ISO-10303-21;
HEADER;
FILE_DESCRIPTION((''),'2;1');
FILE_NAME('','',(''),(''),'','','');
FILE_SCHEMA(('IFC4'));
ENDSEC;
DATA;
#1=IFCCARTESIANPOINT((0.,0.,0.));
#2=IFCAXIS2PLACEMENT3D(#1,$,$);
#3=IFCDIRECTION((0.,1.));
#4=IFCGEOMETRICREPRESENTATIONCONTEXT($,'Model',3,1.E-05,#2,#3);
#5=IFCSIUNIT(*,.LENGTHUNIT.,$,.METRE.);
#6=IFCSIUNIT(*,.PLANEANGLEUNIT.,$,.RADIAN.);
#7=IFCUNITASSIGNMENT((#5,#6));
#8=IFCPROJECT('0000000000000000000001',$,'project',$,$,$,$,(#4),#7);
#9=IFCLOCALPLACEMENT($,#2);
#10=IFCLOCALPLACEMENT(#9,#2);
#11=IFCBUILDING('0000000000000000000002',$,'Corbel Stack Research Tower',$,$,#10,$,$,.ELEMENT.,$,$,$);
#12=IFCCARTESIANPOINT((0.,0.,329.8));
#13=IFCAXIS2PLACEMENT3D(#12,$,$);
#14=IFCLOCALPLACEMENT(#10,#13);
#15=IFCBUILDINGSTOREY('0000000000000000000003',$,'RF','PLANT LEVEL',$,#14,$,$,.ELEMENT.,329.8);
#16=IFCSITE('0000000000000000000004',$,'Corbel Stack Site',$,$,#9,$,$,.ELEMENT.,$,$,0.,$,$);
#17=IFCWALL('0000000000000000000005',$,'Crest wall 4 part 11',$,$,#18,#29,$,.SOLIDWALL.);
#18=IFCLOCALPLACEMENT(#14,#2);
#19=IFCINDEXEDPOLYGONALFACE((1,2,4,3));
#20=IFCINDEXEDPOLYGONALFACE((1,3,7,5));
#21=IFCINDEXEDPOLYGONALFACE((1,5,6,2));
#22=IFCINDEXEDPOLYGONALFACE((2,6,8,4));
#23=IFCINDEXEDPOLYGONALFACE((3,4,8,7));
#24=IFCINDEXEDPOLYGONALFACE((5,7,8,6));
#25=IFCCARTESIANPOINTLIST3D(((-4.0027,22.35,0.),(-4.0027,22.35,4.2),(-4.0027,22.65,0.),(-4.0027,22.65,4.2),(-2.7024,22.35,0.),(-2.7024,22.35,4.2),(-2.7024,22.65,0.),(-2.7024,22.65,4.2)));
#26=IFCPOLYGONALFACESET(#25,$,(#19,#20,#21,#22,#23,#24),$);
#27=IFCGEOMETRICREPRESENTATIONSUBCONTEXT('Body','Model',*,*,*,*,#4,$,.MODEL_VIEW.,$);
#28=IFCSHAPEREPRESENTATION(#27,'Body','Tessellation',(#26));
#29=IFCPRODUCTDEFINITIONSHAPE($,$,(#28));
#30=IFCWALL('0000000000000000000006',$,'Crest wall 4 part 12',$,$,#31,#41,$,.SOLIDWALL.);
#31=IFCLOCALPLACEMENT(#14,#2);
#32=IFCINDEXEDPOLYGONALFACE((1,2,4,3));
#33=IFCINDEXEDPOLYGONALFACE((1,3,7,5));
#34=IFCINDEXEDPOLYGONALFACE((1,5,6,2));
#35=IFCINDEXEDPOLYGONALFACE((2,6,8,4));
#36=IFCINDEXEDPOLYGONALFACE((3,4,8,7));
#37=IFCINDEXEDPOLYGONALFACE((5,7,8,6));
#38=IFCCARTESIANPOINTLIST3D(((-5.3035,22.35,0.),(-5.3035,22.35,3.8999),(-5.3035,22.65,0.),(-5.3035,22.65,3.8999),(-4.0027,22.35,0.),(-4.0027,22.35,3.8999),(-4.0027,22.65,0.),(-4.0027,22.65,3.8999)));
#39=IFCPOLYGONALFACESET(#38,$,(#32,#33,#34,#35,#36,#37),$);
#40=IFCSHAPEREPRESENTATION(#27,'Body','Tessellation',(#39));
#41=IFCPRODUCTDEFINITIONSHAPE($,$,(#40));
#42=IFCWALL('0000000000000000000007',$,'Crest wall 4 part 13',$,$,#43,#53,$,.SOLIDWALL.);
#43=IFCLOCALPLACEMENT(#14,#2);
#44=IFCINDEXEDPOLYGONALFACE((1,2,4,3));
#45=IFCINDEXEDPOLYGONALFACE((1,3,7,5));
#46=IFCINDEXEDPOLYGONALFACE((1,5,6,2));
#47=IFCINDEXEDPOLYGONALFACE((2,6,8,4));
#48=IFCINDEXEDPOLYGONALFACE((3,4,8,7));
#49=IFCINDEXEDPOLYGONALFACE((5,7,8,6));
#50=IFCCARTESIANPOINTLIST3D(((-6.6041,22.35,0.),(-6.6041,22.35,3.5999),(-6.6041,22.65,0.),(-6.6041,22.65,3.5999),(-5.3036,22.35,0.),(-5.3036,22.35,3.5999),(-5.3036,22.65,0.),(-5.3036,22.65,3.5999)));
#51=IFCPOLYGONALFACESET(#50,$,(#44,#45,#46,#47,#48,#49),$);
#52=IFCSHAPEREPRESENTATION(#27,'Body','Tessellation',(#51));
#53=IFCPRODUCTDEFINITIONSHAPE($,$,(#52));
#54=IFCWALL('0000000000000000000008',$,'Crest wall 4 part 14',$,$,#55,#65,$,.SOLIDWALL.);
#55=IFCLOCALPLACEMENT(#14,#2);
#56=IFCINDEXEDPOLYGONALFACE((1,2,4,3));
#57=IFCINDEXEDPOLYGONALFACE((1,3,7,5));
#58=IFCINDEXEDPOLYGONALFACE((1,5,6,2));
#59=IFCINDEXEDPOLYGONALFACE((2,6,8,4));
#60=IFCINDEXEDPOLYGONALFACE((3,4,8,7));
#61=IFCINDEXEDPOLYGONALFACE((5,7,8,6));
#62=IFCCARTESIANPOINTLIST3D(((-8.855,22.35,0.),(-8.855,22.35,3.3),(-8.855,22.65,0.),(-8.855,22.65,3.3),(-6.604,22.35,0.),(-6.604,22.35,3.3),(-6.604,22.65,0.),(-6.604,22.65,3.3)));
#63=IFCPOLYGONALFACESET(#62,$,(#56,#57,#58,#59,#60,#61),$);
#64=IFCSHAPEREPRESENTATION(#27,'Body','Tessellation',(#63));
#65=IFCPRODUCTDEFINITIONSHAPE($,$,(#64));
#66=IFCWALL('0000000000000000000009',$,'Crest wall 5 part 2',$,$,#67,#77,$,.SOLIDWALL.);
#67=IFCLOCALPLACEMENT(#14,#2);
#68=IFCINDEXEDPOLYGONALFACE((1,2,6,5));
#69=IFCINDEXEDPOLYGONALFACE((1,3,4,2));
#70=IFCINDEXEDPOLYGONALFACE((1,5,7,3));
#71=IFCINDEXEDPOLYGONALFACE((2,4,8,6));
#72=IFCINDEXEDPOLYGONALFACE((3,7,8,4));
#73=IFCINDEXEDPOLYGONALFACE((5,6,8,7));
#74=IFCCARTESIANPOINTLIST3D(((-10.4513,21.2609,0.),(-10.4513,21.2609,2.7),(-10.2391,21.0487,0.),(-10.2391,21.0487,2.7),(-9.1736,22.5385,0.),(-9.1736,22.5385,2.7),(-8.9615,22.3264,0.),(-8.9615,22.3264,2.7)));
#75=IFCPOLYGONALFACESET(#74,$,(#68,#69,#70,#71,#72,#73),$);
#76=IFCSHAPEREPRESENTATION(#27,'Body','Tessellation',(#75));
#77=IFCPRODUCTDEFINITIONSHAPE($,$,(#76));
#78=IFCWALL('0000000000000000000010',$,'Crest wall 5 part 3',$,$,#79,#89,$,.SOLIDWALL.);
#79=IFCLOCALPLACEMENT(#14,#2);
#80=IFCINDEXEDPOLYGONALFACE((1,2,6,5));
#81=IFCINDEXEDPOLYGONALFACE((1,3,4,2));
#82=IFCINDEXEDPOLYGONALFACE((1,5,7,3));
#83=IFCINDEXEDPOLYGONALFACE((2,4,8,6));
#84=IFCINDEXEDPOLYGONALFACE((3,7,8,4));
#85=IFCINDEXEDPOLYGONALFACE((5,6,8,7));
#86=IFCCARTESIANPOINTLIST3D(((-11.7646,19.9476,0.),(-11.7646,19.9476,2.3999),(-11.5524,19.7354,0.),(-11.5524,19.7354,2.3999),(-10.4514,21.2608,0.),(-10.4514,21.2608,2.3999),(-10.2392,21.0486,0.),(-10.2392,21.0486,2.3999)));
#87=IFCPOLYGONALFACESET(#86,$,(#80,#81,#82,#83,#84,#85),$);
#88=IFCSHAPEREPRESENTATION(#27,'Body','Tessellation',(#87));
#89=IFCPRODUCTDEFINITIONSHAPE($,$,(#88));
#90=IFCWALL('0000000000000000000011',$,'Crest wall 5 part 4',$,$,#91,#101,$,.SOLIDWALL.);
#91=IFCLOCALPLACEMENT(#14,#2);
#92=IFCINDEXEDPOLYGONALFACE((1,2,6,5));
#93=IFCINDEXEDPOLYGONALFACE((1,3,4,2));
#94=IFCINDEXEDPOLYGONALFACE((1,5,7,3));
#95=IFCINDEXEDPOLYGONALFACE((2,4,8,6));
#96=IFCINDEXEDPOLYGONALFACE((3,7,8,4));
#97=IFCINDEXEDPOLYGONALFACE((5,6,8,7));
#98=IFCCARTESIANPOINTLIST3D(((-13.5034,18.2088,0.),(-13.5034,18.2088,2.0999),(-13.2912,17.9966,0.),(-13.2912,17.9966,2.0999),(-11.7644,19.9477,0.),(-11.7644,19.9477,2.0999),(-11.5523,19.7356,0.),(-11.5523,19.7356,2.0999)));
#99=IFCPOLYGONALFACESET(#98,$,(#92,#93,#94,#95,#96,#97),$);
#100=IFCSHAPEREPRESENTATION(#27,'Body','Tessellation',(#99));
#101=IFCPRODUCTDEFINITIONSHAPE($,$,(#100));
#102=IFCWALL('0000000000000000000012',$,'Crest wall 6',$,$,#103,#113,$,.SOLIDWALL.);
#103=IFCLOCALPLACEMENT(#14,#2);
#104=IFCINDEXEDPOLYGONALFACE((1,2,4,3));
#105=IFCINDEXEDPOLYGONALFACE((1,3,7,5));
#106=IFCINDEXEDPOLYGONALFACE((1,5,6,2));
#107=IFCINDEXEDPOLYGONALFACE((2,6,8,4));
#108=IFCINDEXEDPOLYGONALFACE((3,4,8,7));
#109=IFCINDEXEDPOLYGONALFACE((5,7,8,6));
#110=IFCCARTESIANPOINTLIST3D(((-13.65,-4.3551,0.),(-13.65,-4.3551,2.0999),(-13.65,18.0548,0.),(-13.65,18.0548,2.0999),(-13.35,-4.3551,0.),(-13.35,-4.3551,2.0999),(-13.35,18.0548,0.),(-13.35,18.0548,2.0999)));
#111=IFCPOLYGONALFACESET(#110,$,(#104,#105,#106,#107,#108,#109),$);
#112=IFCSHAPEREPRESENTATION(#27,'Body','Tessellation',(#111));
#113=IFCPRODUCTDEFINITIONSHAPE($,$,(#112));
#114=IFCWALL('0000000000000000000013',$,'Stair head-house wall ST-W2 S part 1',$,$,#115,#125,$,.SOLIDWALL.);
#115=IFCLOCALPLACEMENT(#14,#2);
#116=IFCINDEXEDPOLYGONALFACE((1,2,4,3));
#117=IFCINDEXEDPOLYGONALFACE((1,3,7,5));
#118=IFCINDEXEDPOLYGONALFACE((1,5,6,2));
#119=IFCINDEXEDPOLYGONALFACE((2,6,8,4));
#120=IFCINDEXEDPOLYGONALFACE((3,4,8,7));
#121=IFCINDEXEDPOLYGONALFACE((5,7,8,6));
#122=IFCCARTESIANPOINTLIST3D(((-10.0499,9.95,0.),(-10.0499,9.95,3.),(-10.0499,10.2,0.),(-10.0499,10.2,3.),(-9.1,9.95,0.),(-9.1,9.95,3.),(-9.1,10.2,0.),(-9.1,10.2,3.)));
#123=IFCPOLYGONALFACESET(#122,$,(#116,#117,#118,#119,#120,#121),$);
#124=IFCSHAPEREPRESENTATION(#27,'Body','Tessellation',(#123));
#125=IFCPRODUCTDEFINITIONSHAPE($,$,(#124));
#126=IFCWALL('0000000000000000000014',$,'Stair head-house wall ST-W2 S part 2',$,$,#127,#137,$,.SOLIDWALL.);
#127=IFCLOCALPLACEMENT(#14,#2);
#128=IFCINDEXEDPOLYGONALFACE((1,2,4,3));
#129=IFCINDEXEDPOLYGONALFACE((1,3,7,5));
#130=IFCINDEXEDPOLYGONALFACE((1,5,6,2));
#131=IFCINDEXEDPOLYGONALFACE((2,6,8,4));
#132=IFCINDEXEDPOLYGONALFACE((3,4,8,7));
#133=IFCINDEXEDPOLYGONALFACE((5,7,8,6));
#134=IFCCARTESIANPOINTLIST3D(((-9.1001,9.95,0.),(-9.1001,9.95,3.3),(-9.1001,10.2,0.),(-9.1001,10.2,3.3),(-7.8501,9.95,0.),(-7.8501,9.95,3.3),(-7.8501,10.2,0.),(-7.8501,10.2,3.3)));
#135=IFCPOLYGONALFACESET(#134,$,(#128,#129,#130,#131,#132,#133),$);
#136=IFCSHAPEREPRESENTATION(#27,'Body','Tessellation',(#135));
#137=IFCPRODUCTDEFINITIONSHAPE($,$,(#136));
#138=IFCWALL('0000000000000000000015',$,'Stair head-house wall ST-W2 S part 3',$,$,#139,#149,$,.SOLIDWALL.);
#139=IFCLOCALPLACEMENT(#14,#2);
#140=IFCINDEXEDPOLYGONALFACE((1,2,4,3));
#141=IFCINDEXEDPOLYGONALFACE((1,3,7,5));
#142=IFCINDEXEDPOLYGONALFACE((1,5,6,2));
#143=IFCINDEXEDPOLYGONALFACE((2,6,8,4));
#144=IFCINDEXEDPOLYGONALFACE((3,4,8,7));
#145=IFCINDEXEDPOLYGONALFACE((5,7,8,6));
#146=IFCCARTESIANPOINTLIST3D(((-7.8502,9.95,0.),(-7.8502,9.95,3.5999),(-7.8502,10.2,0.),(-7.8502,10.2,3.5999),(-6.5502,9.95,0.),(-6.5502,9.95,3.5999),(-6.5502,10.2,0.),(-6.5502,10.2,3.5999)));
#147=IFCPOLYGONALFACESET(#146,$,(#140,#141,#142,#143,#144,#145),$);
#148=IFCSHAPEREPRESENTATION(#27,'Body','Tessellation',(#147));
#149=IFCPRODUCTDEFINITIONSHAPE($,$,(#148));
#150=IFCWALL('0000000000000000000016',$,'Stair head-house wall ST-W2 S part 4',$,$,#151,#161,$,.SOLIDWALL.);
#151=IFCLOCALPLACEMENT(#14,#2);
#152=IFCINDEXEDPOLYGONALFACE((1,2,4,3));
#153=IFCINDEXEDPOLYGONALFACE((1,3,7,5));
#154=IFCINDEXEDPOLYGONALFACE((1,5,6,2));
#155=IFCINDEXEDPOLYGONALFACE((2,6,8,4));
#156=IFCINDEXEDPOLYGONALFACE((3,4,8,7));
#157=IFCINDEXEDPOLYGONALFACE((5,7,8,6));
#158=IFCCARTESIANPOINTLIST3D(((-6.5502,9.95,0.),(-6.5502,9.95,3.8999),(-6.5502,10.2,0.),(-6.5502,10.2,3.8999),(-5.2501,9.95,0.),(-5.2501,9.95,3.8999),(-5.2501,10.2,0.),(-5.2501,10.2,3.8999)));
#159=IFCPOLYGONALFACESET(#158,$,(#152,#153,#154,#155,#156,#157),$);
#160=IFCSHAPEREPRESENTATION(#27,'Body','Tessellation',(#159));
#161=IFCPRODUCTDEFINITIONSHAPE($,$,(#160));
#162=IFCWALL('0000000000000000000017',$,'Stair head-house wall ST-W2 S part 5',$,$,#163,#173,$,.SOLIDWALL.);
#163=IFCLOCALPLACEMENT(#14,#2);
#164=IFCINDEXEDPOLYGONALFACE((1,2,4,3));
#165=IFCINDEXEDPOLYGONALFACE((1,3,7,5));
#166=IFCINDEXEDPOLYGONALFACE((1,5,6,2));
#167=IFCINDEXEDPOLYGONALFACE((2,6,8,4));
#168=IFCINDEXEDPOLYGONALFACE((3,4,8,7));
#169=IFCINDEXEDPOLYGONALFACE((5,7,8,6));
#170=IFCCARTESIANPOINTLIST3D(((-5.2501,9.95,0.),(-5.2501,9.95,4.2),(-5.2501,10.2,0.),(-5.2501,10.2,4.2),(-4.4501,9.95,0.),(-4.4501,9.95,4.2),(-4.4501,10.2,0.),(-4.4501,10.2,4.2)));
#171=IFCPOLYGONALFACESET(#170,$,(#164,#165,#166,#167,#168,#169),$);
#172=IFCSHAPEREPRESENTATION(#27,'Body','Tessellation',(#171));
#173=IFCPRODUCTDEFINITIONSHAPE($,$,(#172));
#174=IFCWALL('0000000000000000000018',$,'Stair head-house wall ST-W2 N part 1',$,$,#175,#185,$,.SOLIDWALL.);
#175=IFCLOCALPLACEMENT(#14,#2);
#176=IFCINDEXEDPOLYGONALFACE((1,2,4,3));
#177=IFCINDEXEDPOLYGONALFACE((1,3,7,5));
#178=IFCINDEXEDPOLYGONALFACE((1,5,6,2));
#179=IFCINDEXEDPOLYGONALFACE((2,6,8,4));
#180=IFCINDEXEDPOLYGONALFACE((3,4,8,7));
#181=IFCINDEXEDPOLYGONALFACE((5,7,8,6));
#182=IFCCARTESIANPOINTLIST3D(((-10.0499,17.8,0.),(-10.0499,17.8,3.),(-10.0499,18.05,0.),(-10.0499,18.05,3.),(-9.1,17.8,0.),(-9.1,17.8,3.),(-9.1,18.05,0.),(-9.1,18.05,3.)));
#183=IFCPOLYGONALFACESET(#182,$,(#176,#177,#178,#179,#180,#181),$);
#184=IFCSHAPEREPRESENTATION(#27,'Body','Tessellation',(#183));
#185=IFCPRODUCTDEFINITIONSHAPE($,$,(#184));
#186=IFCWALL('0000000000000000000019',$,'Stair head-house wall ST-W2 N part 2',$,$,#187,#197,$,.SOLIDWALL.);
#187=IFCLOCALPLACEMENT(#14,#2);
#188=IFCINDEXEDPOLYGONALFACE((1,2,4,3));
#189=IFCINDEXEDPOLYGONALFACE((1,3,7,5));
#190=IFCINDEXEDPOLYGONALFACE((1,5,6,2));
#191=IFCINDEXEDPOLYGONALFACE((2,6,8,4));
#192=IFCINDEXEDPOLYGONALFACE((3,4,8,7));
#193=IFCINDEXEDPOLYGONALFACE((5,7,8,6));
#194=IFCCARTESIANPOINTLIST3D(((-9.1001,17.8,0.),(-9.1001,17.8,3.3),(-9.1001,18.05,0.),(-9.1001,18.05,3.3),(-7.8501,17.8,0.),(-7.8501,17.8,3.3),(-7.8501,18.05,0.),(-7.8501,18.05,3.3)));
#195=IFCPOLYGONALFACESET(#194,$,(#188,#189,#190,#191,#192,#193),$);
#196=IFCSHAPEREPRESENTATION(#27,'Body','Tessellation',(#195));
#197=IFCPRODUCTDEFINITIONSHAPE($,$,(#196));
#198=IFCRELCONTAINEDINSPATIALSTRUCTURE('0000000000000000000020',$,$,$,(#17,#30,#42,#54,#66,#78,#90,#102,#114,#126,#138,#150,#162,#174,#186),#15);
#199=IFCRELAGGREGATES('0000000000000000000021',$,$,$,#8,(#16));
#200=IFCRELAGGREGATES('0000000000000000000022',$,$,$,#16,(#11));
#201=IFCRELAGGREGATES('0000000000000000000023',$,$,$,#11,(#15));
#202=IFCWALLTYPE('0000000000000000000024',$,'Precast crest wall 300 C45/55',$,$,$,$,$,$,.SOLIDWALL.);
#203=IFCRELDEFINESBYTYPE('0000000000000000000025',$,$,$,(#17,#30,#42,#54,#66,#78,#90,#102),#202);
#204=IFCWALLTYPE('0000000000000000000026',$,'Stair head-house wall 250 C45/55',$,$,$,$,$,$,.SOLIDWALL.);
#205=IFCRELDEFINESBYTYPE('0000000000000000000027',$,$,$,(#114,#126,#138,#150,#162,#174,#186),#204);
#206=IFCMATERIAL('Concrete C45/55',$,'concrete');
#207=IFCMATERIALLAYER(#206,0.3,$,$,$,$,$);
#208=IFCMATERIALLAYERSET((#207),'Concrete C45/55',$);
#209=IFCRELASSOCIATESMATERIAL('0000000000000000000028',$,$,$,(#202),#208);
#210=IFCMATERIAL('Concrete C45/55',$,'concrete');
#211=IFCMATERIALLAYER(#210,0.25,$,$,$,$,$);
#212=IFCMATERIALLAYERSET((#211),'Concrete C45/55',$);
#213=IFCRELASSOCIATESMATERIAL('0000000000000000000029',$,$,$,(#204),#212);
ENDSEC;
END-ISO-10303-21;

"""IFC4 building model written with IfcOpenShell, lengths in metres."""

from ifc_helpers import new_model, si_unit, direction, frame, frame_2d, origin, place, context, subcontext, project, spatial, rectangle, extrude, material, layer, layer_set, type_object, element, save


model = new_model("IFC4")

# Units and contexts
model_context = context("Model", 3, precision=1e-05, world=origin(), true_north=direction((0.0, 1.0)))
body_context = subcontext(model_context, "Body", "Model", "MODEL_VIEW")
ifc_project = project(units=[si_unit("LENGTHUNIT", "METRE"), si_unit("PLANEANGLEUNIT", "RADIAN")], contexts=[model_context])

# Site, building, storey
site_placement = place(None, origin())
site = spatial("IfcSite", under=ifc_project, at=site_placement, Name="Corbel Stack Site", CompositionType="ELEMENT", RefElevation=0.0)
building_placement = place(site_placement, origin())
building = spatial("IfcBuilding", under=site, at=building_placement, Name="Corbel Stack Research Tower", CompositionType="ELEMENT")
storey_placement = place(building_placement, frame((0.0, 0.0, 329.8)))
storey = spatial("IfcBuildingStorey", under=building, at=storey_placement, Name="RF", Description="PLANT LEVEL", CompositionType="ELEMENT", Elevation=329.8)

# Walls
ifc_material_1 = material(Name="Concrete C45/55", Category="concrete")
ifc_layer_1 = layer(ifc_material_1, 0.3)
ifc_layer_set_1 = layer_set([ifc_layer_1], Name="Concrete C45/55")
wall_type_1 = type_object("IfcWallType", Name="Precast crest wall 300 C45/55", PredefinedType="SOLIDWALL", material=ifc_layer_set_1)
wall_1_placement = place(storey_placement, frame((-2.7024, 22.5, 0.0), z_axis=(0.0, 0.0, 1.0), x_axis=(-1.0, 0.0, 0.0)))
element("IfcWall", 1, at=wall_1_placement, inside=storey, type_object=wall_type_1, Name="Crest wall 4 part 11", PredefinedType="SOLIDWALL", context=body_context, shape_type="SweptSolid", body=[
    extrude(rectangle(XDim=1.3003, YDim=0.3, at=frame_2d((0.6501, 0.0))), origin(), (0.0, 0.0, 1.0), 4.2),
])
wall_2_placement = place(storey_placement, frame((-4.0027, 22.5, 0.0), z_axis=(0.0, 0.0, 1.0), x_axis=(-1.0, 0.0, 0.0)))
element("IfcWall", 2, at=wall_2_placement, inside=storey, type_object=wall_type_1, Name="Crest wall 4 part 12", PredefinedType="SOLIDWALL", context=body_context, shape_type="SweptSolid", body=[
    extrude(rectangle(XDim=1.3008, YDim=0.3, at=frame_2d((0.6504, 0.0))), origin(), (0.0, 0.0, 1.0), 3.8999),
])
wall_3_placement = place(storey_placement, frame((-5.3035, 22.5, 0.0), z_axis=(0.0, 0.0, 1.0), x_axis=(-1.0, 0.0, 0.0)))
element("IfcWall", 3, at=wall_3_placement, inside=storey, type_object=wall_type_1, Name="Crest wall 4 part 13", PredefinedType="SOLIDWALL", context=body_context, shape_type="SweptSolid", body=[
    extrude(rectangle(XDim=1.3005, YDim=0.3, at=frame_2d((0.6504, 0.0))), origin(), (0.0, 0.0, 1.0), 3.5999),
])
wall_4_placement = place(storey_placement, frame((-6.604, 22.5, 0.0), z_axis=(0.0, 0.0, 1.0), x_axis=(-1.0, 0.0, 0.0)))
element("IfcWall", 4, at=wall_4_placement, inside=storey, type_object=wall_type_1, Name="Crest wall 4 part 14", PredefinedType="SOLIDWALL", context=body_context, shape_type="SweptSolid", body=[
    extrude(rectangle(XDim=2.251, YDim=0.3, at=frame_2d((1.1255, 0.0))), origin(), (0.0, 0.0, 1.0), 3.3),
])
wall_5_placement = place(storey_placement, frame((-9.0676, 22.4324, 0.0), z_axis=(0.0, 0.0, 1.0), x_axis=(-0.707107, -0.707107, 0.0)))
element("IfcWall", 5, at=wall_5_placement, inside=storey, type_object=wall_type_1, Name="Crest wall 5 part 2", PredefinedType="SOLIDWALL", context=body_context, shape_type="SweptSolid", body=[
    extrude(rectangle(XDim=1.8069, YDim=0.3, at=frame_2d((0.9033, 0.0))), origin(), (0.0, 0.0, 1.0), 2.7),
])
wall_6_placement = place(storey_placement, frame((-10.3452, 21.1548, 0.0), z_axis=(0.0, 0.0, 1.0), x_axis=(-0.707107, -0.707107, 0.0)))
element("IfcWall", 6, at=wall_6_placement, inside=storey, type_object=wall_type_1, Name="Crest wall 5 part 3", PredefinedType="SOLIDWALL", context=body_context, shape_type="SweptSolid", body=[
    extrude(rectangle(XDim=1.8572, YDim=0.3, at=frame_2d((0.9287, 0.0))), origin(), (0.0, 0.0, 1.0), 2.3999),
])
wall_7_placement = place(storey_placement, frame((-11.6584, 19.8416, 0.0), z_axis=(0.0, 0.0, 1.0), x_axis=(-0.707107, -0.707107, 0.0)))
element("IfcWall", 7, at=wall_7_placement, inside=storey, type_object=wall_type_1, Name="Crest wall 5 part 4", PredefinedType="SOLIDWALL", context=body_context, shape_type="SweptSolid", body=[
    extrude(rectangle(XDim=2.4592, YDim=0.3, at=frame_2d((1.2295, 0.0))), origin(), (0.0, 0.0, 1.0), 2.0999),
])
wall_8_placement = place(storey_placement, frame((-13.5, 18.0549, 0.0), z_axis=(0.0, 0.0, 1.0), x_axis=(0.0, -1.0, 0.0)))
element("IfcWall", 8, at=wall_8_placement, inside=storey, type_object=wall_type_1, Name="Crest wall 6", PredefinedType="SOLIDWALL", context=body_context, shape_type="SweptSolid", body=[
    extrude(rectangle(XDim=22.4099, YDim=0.3, at=frame_2d((11.2051, 0.0))), origin(), (0.0, 0.0, 1.0), 2.0999),
])
ifc_material_2 = material(Name="Concrete C45/55", Category="concrete")
ifc_layer_2 = layer(ifc_material_2, 0.25)
ifc_layer_set_2 = layer_set([ifc_layer_2], Name="Concrete C45/55")
wall_type_2 = type_object("IfcWallType", Name="Stair head-house wall 250 C45/55", PredefinedType="SOLIDWALL", material=ifc_layer_set_2)
wall_9_placement = place(storey_placement, frame((-10.05, 10.075, 0.0), z_axis=(0.0, 0.0, 1.0), x_axis=(1.0, 0.0, 0.0)))
element("IfcWall", 9, at=wall_9_placement, inside=storey, type_object=wall_type_2, Name="Stair head-house wall ST-W2 S part 1", PredefinedType="SOLIDWALL", context=body_context, shape_type="SweptSolid", body=[
    extrude(rectangle(XDim=0.95, YDim=0.25, at=frame_2d((0.4751, 0.0))), origin(), (0.0, 0.0, 1.0), 3.0),
])
wall_10_placement = place(storey_placement, frame((-9.1001, 10.075, 0.0), z_axis=(0.0, 0.0, 1.0), x_axis=(1.0, 0.0, 0.0)))
element("IfcWall", 10, at=wall_10_placement, inside=storey, type_object=wall_type_2, Name="Stair head-house wall ST-W2 S part 2", PredefinedType="SOLIDWALL", context=body_context, shape_type="SweptSolid", body=[
    extrude(rectangle(XDim=1.25, YDim=0.25, at=frame_2d((0.625, 0.0))), origin(), (0.0, 0.0, 1.0), 3.3),
])
wall_11_placement = place(storey_placement, frame((-7.8501, 10.075, 0.0), z_axis=(0.0, 0.0, 1.0), x_axis=(1.0, 0.0, 0.0)))
element("IfcWall", 11, at=wall_11_placement, inside=storey, type_object=wall_type_2, Name="Stair head-house wall ST-W2 S part 3", PredefinedType="SOLIDWALL", context=body_context, shape_type="SweptSolid", body=[
    extrude(rectangle(XDim=1.3, YDim=0.25, at=frame_2d((0.6499, 0.0))), origin(), (0.0, 0.0, 1.0), 3.5999),
])
wall_12_placement = place(storey_placement, frame((-6.55, 10.075, 0.0), z_axis=(0.0, 0.0, 1.0), x_axis=(1.0, 0.0, 0.0)))
element("IfcWall", 12, at=wall_12_placement, inside=storey, type_object=wall_type_2, Name="Stair head-house wall ST-W2 S part 4", PredefinedType="SOLIDWALL", context=body_context, shape_type="SweptSolid", body=[
    extrude(rectangle(XDim=1.3, YDim=0.25, at=frame_2d((0.6499, 0.0))), origin(), (0.0, 0.0, 1.0), 3.8999),
])
wall_13_placement = place(storey_placement, frame((-5.25, 10.075, 0.0), z_axis=(0.0, 0.0, 1.0), x_axis=(1.0, 0.0, 0.0)))
element("IfcWall", 13, at=wall_13_placement, inside=storey, type_object=wall_type_2, Name="Stair head-house wall ST-W2 S part 5", PredefinedType="SOLIDWALL", context=body_context, shape_type="SweptSolid", body=[
    extrude(rectangle(XDim=0.8, YDim=0.25, at=frame_2d((0.3999, 0.0))), origin(), (0.0, 0.0, 1.0), 4.2),
])
wall_14_placement = place(storey_placement, frame((-10.05, 17.925, 0.0), z_axis=(0.0, 0.0, 1.0), x_axis=(1.0, 0.0, 0.0)))
element("IfcWall", 14, at=wall_14_placement, inside=storey, type_object=wall_type_2, Name="Stair head-house wall ST-W2 N part 1", PredefinedType="SOLIDWALL", context=body_context, shape_type="SweptSolid", body=[
    extrude(rectangle(XDim=0.95, YDim=0.25, at=frame_2d((0.4751, 0.0))), origin(), (0.0, 0.0, 1.0), 3.0),
])
wall_15_placement = place(storey_placement, frame((-9.1001, 17.925, 0.0), z_axis=(0.0, 0.0, 1.0), x_axis=(1.0, 0.0, 0.0)))
element("IfcWall", 15, at=wall_15_placement, inside=storey, type_object=wall_type_2, Name="Stair head-house wall ST-W2 N part 2", PredefinedType="SOLIDWALL", context=body_context, shape_type="SweptSolid", body=[
    extrude(rectangle(XDim=1.25, YDim=0.25, at=frame_2d((0.625, 0.0))), origin(), (0.0, 0.0, 1.0), 3.3),
])

save(model, "model.ifc")
